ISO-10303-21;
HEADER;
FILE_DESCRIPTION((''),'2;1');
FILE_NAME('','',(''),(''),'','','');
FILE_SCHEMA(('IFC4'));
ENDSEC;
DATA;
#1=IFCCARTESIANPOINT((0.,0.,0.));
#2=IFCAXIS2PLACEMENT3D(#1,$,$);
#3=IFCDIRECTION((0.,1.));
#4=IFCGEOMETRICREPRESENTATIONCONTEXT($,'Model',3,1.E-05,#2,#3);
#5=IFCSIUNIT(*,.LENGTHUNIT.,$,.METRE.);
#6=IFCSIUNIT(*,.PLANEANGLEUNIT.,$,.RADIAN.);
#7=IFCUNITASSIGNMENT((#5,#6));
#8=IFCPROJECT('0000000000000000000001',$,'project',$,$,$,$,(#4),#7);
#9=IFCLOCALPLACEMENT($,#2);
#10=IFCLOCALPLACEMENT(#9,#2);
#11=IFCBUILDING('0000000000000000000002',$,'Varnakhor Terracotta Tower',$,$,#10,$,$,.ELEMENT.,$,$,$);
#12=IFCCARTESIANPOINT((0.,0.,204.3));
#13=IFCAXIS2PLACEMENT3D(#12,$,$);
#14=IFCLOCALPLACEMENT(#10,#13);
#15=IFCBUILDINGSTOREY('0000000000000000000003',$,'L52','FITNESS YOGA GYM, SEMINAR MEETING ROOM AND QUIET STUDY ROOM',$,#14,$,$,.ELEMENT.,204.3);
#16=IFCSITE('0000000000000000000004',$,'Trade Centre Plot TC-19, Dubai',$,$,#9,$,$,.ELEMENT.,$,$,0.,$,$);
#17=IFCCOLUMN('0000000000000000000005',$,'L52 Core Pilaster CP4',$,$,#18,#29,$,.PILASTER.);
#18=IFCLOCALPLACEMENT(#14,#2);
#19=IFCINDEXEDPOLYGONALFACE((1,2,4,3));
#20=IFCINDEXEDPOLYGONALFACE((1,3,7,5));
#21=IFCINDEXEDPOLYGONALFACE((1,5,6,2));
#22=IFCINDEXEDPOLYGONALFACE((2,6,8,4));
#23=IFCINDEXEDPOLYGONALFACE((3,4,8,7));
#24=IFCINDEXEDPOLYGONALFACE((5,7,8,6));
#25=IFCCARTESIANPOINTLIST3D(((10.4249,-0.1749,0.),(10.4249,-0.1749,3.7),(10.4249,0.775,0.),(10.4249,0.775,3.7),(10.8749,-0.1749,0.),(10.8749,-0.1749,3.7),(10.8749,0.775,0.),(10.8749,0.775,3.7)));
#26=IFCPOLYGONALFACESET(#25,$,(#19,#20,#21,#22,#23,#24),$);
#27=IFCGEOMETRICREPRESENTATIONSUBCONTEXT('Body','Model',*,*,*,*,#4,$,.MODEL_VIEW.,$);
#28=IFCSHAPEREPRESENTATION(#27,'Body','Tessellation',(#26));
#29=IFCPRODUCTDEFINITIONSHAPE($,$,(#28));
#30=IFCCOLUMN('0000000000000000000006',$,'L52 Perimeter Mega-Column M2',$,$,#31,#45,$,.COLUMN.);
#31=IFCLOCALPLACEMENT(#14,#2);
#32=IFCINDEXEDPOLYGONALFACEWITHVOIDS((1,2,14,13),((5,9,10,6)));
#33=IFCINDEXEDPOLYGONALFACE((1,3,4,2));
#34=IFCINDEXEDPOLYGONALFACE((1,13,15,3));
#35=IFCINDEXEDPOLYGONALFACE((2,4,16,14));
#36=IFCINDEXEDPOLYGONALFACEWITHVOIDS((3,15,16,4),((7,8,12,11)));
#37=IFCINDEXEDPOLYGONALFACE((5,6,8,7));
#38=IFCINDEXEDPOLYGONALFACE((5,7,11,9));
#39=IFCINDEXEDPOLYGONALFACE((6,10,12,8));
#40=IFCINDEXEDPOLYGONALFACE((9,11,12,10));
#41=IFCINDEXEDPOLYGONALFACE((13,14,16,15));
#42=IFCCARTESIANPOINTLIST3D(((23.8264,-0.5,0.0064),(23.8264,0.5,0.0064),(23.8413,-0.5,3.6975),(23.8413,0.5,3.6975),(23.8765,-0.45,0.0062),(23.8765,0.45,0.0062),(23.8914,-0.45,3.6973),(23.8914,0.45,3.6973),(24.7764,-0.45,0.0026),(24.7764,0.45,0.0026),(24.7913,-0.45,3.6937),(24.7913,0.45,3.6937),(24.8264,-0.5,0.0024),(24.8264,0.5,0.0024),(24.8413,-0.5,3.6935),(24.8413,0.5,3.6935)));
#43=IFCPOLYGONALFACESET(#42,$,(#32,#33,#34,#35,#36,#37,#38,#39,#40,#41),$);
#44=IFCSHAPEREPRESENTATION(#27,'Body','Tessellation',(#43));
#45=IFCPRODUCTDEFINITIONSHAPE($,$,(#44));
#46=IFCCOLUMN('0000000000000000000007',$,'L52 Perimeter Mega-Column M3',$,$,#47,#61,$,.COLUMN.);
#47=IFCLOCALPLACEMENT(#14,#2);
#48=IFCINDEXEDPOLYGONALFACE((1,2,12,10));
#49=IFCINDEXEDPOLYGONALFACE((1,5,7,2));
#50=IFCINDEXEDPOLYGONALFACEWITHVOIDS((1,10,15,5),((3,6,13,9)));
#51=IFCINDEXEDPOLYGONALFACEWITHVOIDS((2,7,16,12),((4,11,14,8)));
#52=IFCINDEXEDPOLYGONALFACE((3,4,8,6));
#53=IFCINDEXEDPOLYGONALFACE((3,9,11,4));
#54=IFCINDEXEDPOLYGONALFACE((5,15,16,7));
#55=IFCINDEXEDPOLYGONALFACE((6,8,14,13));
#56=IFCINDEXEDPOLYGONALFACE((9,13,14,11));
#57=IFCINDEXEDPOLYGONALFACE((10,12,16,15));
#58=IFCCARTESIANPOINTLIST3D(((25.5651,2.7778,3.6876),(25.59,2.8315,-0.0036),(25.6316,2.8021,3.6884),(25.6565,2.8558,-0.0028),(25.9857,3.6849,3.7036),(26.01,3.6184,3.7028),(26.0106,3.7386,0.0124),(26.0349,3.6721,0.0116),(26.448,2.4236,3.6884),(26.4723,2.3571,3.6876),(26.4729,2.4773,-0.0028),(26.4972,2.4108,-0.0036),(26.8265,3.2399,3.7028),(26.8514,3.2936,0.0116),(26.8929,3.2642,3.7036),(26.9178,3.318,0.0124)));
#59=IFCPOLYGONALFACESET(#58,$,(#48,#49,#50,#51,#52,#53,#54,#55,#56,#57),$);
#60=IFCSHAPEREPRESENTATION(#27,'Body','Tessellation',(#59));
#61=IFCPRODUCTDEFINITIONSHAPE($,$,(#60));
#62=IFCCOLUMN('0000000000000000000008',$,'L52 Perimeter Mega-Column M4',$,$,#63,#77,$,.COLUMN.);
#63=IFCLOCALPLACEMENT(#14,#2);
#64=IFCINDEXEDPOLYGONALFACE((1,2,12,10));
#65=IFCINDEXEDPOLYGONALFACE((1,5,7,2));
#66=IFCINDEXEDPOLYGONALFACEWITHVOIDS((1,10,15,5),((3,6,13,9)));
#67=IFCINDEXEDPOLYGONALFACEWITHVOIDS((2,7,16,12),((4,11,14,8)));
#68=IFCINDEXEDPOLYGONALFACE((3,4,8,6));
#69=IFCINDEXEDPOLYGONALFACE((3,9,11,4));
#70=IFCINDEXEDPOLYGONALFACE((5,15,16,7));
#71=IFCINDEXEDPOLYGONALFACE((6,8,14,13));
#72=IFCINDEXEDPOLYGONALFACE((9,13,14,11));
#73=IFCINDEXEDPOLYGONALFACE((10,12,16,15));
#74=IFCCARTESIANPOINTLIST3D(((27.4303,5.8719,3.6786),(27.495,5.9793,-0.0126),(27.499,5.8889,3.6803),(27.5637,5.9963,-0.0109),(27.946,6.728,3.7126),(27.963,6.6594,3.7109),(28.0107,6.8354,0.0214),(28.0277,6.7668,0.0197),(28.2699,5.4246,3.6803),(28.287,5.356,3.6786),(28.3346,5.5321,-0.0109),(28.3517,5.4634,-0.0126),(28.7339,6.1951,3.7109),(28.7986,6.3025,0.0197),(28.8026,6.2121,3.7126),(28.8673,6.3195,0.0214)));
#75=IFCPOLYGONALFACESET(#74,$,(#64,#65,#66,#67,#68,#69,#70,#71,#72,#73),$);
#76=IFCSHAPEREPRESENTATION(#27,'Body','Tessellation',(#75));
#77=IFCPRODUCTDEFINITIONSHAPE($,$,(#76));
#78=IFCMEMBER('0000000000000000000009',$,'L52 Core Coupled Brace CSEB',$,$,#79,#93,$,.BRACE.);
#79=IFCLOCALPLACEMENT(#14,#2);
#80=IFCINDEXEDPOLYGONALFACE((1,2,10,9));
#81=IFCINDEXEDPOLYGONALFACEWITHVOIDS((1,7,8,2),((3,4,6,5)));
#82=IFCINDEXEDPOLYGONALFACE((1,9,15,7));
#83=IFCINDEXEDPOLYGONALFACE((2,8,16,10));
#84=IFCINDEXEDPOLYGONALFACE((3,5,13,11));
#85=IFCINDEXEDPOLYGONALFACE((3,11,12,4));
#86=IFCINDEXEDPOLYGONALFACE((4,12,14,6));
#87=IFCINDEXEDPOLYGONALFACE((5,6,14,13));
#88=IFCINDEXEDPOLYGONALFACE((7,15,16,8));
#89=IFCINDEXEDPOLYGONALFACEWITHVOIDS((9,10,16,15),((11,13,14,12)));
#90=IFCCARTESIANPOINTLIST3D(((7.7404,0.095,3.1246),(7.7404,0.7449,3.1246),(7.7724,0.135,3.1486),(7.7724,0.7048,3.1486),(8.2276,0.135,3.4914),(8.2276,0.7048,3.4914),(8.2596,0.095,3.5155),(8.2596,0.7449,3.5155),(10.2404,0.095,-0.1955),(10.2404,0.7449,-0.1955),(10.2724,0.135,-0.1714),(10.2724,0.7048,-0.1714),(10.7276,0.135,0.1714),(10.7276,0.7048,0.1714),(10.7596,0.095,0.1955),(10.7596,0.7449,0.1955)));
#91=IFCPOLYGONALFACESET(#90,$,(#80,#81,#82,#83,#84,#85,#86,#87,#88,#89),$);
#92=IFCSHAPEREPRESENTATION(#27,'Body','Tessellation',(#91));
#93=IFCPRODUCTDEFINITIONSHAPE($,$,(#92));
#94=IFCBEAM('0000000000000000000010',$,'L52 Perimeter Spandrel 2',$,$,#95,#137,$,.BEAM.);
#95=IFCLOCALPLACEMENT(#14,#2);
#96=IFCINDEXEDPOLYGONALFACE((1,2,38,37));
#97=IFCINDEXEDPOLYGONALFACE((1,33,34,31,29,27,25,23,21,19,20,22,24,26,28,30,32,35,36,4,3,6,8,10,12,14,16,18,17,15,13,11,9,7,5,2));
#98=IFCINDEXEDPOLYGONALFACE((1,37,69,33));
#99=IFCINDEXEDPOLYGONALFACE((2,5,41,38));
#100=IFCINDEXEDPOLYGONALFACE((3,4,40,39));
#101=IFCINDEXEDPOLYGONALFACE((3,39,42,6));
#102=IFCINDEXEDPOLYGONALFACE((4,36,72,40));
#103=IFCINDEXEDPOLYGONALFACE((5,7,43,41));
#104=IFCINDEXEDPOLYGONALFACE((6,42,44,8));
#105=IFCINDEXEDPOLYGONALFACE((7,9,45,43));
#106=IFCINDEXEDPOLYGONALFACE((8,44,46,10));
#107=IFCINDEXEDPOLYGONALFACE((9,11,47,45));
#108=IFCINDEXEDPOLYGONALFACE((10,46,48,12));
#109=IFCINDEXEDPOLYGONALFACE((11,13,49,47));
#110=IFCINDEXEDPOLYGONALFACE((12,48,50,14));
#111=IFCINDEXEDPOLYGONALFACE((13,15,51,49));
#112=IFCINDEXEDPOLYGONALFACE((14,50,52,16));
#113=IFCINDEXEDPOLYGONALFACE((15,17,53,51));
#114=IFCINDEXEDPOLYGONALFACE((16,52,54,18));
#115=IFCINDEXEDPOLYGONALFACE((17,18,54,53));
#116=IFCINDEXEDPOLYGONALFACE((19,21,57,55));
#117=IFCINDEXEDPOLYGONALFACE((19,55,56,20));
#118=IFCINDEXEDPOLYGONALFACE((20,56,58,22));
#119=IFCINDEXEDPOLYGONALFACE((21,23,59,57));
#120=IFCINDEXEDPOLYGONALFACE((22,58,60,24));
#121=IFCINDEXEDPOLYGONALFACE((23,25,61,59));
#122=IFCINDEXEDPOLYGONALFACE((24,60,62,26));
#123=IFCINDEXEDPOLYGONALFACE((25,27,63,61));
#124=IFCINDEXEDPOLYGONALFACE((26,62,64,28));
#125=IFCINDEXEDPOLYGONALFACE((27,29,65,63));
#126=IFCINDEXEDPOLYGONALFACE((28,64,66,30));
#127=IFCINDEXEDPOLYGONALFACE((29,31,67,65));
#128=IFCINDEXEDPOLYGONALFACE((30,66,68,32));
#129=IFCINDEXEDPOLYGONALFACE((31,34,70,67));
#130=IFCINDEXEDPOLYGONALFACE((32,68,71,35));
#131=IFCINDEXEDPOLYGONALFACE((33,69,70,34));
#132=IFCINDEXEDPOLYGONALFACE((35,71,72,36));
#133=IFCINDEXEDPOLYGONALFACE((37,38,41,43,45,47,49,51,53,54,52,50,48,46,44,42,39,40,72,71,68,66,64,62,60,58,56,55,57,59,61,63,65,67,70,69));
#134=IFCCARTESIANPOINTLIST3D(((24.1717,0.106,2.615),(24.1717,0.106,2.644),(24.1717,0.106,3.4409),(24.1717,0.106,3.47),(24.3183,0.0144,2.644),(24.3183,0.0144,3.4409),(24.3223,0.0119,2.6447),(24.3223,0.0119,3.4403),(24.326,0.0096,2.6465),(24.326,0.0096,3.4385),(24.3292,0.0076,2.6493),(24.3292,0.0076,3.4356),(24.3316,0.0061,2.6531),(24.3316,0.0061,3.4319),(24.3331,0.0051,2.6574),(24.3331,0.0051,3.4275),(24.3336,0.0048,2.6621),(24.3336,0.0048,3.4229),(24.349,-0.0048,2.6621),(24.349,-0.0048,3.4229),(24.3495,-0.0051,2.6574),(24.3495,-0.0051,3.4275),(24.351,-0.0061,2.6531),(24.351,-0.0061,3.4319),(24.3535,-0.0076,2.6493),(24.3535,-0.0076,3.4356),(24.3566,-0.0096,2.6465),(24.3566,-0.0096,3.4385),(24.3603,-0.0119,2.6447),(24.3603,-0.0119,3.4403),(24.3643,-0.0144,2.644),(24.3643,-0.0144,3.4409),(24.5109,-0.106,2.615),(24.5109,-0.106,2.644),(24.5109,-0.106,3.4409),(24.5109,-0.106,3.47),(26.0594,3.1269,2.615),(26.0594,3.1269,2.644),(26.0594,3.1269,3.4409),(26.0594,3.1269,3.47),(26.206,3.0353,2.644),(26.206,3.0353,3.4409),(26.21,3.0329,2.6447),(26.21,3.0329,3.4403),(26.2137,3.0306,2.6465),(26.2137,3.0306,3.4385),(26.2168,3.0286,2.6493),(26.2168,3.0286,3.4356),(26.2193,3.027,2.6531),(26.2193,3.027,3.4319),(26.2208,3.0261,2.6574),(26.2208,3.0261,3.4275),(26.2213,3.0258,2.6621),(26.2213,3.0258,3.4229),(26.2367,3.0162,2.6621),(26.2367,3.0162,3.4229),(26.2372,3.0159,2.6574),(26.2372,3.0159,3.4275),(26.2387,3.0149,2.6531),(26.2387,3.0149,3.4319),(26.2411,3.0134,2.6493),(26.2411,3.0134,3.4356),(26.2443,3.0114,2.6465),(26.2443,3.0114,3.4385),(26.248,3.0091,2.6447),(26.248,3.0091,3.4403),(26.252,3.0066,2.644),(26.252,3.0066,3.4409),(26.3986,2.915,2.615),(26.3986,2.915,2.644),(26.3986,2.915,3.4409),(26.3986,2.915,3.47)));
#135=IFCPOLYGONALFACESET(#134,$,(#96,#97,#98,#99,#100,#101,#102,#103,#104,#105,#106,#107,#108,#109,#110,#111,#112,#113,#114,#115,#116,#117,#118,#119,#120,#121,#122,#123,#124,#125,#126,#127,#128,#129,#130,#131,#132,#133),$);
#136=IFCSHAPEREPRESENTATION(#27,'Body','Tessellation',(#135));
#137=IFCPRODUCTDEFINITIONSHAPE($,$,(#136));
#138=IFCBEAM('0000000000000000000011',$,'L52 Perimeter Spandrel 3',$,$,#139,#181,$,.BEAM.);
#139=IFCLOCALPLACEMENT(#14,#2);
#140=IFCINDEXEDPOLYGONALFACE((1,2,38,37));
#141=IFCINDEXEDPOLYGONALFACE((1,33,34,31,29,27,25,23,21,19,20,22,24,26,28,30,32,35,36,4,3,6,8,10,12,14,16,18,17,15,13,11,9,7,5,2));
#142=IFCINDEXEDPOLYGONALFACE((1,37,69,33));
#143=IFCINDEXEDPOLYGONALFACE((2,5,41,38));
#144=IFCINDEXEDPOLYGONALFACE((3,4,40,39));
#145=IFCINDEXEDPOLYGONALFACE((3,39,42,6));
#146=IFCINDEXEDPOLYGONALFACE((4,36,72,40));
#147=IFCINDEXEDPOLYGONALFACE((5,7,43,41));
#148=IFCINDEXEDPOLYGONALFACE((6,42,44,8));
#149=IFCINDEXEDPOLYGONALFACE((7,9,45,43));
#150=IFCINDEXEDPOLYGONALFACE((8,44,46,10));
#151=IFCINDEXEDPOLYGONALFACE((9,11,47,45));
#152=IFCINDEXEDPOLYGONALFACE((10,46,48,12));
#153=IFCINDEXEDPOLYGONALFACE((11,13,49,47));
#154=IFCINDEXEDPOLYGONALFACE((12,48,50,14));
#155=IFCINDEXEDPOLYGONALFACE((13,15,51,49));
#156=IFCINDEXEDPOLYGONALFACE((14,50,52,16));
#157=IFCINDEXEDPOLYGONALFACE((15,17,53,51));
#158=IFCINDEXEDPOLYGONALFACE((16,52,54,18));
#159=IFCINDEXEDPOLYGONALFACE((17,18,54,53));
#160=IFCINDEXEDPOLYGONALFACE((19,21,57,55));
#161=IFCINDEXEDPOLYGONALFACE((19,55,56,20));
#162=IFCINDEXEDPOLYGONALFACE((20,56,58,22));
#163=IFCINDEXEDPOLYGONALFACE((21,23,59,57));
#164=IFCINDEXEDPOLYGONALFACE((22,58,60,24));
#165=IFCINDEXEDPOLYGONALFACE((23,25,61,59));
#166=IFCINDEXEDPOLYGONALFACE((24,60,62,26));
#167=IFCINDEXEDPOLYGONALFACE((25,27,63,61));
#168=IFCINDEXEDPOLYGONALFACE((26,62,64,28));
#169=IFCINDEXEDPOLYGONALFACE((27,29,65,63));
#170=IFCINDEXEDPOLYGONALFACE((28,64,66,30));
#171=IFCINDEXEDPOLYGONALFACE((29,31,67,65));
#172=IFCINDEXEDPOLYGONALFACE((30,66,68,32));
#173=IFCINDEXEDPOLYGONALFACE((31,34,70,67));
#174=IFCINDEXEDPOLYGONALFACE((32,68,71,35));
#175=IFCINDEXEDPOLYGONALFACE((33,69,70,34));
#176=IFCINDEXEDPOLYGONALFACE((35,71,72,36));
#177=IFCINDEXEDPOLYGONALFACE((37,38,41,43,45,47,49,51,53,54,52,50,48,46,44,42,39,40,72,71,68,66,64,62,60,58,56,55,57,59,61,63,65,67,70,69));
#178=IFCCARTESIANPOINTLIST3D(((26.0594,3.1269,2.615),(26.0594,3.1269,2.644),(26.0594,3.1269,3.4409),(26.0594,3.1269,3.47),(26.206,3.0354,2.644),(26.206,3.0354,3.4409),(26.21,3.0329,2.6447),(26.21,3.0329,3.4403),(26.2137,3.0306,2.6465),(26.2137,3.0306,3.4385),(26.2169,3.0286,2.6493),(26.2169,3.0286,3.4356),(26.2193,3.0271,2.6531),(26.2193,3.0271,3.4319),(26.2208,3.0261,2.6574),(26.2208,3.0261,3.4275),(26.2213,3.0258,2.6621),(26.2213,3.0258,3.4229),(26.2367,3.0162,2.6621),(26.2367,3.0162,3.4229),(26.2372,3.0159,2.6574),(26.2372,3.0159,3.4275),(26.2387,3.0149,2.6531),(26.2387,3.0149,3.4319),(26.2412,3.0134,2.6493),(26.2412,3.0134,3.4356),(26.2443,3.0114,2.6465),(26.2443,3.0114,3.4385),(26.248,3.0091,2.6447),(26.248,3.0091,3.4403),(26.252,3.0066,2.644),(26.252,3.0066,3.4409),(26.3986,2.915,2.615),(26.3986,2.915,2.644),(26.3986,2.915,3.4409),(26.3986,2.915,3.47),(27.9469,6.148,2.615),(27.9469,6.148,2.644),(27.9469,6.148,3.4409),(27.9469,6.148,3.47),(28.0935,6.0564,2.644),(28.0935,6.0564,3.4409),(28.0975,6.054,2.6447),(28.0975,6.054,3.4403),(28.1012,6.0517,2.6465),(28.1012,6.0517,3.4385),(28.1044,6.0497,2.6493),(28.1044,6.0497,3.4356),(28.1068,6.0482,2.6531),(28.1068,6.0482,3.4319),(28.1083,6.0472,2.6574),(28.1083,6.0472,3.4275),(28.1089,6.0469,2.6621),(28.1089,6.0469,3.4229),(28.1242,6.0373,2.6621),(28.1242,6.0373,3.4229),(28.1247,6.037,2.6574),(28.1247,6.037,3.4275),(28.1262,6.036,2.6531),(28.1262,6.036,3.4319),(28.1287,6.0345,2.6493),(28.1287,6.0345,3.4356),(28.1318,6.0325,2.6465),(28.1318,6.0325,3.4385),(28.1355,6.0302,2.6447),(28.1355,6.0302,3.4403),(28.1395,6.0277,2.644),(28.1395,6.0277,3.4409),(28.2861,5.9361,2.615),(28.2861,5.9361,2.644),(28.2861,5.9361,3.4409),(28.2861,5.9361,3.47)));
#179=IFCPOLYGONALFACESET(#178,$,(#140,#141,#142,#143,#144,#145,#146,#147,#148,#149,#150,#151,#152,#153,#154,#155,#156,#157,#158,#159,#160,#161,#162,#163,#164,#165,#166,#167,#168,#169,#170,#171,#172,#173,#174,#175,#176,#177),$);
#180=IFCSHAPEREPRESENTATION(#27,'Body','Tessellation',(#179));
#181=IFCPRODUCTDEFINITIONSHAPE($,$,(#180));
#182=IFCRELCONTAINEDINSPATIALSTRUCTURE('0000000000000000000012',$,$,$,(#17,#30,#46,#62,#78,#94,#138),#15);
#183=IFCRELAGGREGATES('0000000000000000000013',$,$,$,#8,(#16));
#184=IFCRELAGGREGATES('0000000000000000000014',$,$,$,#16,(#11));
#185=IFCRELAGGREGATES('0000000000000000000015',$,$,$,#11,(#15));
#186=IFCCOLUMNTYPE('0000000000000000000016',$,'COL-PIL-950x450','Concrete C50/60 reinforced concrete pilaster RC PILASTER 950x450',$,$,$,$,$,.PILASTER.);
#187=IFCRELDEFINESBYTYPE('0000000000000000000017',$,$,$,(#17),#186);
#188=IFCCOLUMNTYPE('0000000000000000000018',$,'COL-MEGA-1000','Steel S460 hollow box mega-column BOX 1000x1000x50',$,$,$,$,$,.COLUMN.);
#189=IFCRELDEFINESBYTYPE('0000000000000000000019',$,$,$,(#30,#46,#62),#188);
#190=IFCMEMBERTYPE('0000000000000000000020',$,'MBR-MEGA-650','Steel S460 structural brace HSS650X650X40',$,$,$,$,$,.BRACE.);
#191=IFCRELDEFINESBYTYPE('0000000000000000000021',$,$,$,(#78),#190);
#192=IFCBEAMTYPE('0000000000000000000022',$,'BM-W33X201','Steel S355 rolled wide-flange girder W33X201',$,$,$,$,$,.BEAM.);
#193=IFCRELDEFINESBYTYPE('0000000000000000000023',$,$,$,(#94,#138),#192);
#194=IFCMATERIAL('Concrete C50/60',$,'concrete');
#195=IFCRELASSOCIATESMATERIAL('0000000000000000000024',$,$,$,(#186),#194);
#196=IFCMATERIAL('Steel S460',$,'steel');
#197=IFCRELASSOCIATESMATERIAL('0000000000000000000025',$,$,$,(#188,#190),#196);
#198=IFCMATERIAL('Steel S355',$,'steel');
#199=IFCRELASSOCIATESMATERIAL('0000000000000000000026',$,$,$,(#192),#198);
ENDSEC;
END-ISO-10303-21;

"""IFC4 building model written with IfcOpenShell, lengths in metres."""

from ifc_helpers import new_model, si_unit, direction, frame, origin, origin_2d, place, context, subcontext, project, spatial, rectangle, hollow_rectangle, i_section, extrude, source, transform, mapped, material, material_profile, profile_set, type_object, element, save


model = new_model("IFC4")

# Units and contexts
model_context = context("Model", 3, precision=1e-05, world=origin(), true_north=direction((0.0, 1.0)))
body_context = subcontext(model_context, "Body", "Model", "MODEL_VIEW")
ifc_project = project(units=[si_unit("LENGTHUNIT", "METRE"), si_unit("PLANEANGLEUNIT", "RADIAN")], contexts=[model_context])

# Site, building, storey
site_placement = place(None, origin())
site = spatial("IfcSite", under=ifc_project, at=site_placement, Name="Trade Centre Plot TC-19, Dubai", CompositionType="ELEMENT", RefElevation=0.0)
building_placement = place(site_placement, origin())
building = spatial("IfcBuilding", under=site, at=building_placement, Name="Varnakhor Terracotta Tower", CompositionType="ELEMENT")
storey_placement = place(building_placement, frame((0.0, 0.0, 204.3)))
storey = spatial("IfcBuildingStorey", under=building, at=storey_placement, Name="L52", Description="FITNESS YOGA GYM, SEMINAR MEETING ROOM AND QUIET STUDY ROOM", CompositionType="ELEMENT", Elevation=204.3)

# Columns
ifc_material_1 = material(Name="Concrete C50/60", Category="concrete")
ifc_material_profile_1 = material_profile(ifc_material_1, rectangle(XDim=0.45, YDim=0.95, at=origin_2d()), Name="RC PILASTER 950x450")
ifc_profile_set_1 = profile_set([ifc_material_profile_1], Name="Concrete C50/60")
column_type_1 = type_object("IfcColumnType", Name="COL-PIL-950x450", Description="Concrete C50/60 reinforced concrete pilaster RC PILASTER 950x450", PredefinedType="PILASTER", material=ifc_profile_set_1)
shared_shape_1 = source(origin(), body_context, "Body", "SweptSolid", [
    extrude(rectangle(XDim=0.45, YDim=0.95, at=origin_2d()), origin(), (0.0, 0.0, 1.0), 3.7),
])
column_1_placement = place(storey_placement, frame((10.6499, 0.3, 0.0), z_axis=(0.0, 0.0, 1.0), x_axis=(1.0, 0.0, 0.0)))
element("IfcColumn", 1, at=column_1_placement, inside=storey, type_object=column_type_1, Name="L52 Core Pilaster CP4", PredefinedType="PILASTER", context=body_context, shape_type="MappedRepresentation", body=[
    mapped(shared_shape_1, transform((0.0, 0.0, 0.0), scale=1.0)),
])
ifc_material_2 = material(Name="Steel S460", Category="steel")
ifc_material_profile_2 = material_profile(ifc_material_2, hollow_rectangle(XDim=1.0, YDim=1.0, WallThickness=0.05, at=origin_2d()), Name="BOX 1000x1000x50")
ifc_profile_set_2 = profile_set([ifc_material_profile_2], Name="Steel S460")
column_type_2 = type_object("IfcColumnType", Name="COL-MEGA-1000", Description="Steel S460 hollow box mega-column BOX 1000x1000x50", PredefinedType="COLUMN", material=ifc_profile_set_2)
shared_shape_2 = source(origin(), body_context, "Body", "SweptSolid", [
    extrude(hollow_rectangle(XDim=1.0, YDim=1.0, WallThickness=0.05, at=origin_2d()), origin(), (0.0, 0.0, 1.0), 3.6912),
])
column_2_placement = place(storey_placement, frame((24.3264, 0.0, 0.0044), z_axis=(0.004035, 0.0, 0.999992), x_axis=(0.0, 1.0, 0.0)))
element("IfcColumn", 2, at=column_2_placement, inside=storey, type_object=column_type_2, Name="L52 Perimeter Mega-Column M2", PredefinedType="COLUMN", context=body_context, shape_type="MappedRepresentation", body=[
    mapped(shared_shape_2, transform((0.0, 0.0, 0.0), scale=1.0)),
])
shared_shape_3 = source(origin(), body_context, "Body", "SweptSolid", [
    extrude(hollow_rectangle(XDim=1.0, YDim=1.0, WallThickness=0.05, at=origin_2d()), origin(), (0.0, 0.0, 1.0), 3.6917),
])
column_3_placement = place(storey_placement, frame((26.2539, 3.0747, 0.0044), z_axis=(-0.006746, -0.014549, 0.999871), x_axis=(0.907234, -0.420627, 0.0)))
element("IfcColumn", 3, at=column_3_placement, inside=storey, type_object=column_type_2, Name="L52 Perimeter Mega-Column M3", PredefinedType="COLUMN", context=body_context, shape_type="MappedRepresentation", body=[
    mapped(shared_shape_3, transform((0.0, 0.0, 0.0), scale=1.0)),
])
shared_shape_4 = source(origin(), body_context, "Body", "SweptSolid", [
    extrude(hollow_rectangle(XDim=1.0, YDim=1.0, WallThickness=0.05, at=origin_2d()), origin(), (0.0, 0.0, 1.0), 3.6934),
])
column_4_placement = place(storey_placement, frame((28.1812, 6.1494, 0.0044), z_axis=(-0.017518, -0.029086, 0.999423), x_axis=(0.856633, -0.515927, 0.0)))
element("IfcColumn", 4, at=column_4_placement, inside=storey, type_object=column_type_2, Name="L52 Perimeter Mega-Column M4", PredefinedType="COLUMN", context=body_context, shape_type="MappedRepresentation", body=[
    mapped(shared_shape_4, transform((0.0, 0.0, 0.0), scale=1.0)),
])

# Member
ifc_material_profile_3 = material_profile(ifc_material_2, hollow_rectangle(XDim=0.6499, YDim=0.6499, WallThickness=0.04, at=origin_2d()), Name="HSS650X650X40")
ifc_profile_set_3 = profile_set([ifc_material_profile_3], Name="Steel S460")
member_type_1 = type_object("IfcMemberType", Name="MBR-MEGA-650", Description="Steel S460 structural brace HSS650X650X40", PredefinedType="BRACE", material=ifc_profile_set_3)
shared_shape_5 = source(origin(), body_context, "Body", "SweptSolid", [
    extrude(hollow_rectangle(XDim=0.6499, YDim=0.6499, WallThickness=0.04, at=origin_2d()), origin(), (0.0, 0.0, 1.0), 4.156),
])
member_1_placement = place(storey_placement, frame((10.5, 0.4199, 0.0), z_axis=(-0.601531, 0.0, 0.79885), x_axis=(0.0, -1.0, 0.0)))
element("IfcMember", 5, at=member_1_placement, inside=storey, type_object=member_type_1, Name="L52 Core Coupled Brace CSEB", PredefinedType="BRACE", context=body_context, shape_type="MappedRepresentation", body=[
    mapped(shared_shape_5, transform((0.0, 0.0, 0.0), scale=1.0)),
])

# Beams
ifc_material_3 = material(Name="Steel S355", Category="steel")
ifc_material_profile_4 = material_profile(ifc_material_3, i_section(OverallWidth=0.3999, OverallDepth=0.855, WebThickness=0.0181, FlangeThickness=0.0291, FilletRadius=0.0181, at=origin_2d()), Name="W33X201")
ifc_profile_set_4 = profile_set([ifc_material_profile_4], Name="Steel S355")
beam_type_1 = type_object("IfcBeamType", Name="BM-W33X201", Description="Steel S355 rolled wide-flange girder W33X201", PredefinedType="BEAM", material=ifc_profile_set_4)
shared_shape_6 = source(origin(), body_context, "Body", "SweptSolid", [
    extrude(i_section(OverallWidth=0.3999, OverallDepth=0.855, WebThickness=0.0181, FlangeThickness=0.0291, FilletRadius=0.0181, at=origin_2d()), origin(), (0.0, 0.0, 1.0), 3.5623),
])
for number, where, z_axis, x_axis, name in (
    (6, (24.3413, 0.0, 3.0425), (0.529913, 0.848052, 0.0), (-0.848052, 0.529913, 0.0), "L52 Perimeter Spandrel 2"),
    (7, (26.229, 3.021, 3.0425), (0.529863, 0.848083, 0.0), (-0.848083, 0.529863, 0.0), "L52 Perimeter Spandrel 3"),
):
    element("IfcBeam", number, at=place(storey_placement, frame(where, z_axis=z_axis, x_axis=x_axis)), inside=storey, type_object=beam_type_1, Name=name, PredefinedType="BEAM", context=body_context, shape_type="MappedRepresentation", body=[
        mapped(shared_shape_6, transform((0.0, 0.0, 0.0), scale=1.0)),
    ])

save(model, "model.ifc")
